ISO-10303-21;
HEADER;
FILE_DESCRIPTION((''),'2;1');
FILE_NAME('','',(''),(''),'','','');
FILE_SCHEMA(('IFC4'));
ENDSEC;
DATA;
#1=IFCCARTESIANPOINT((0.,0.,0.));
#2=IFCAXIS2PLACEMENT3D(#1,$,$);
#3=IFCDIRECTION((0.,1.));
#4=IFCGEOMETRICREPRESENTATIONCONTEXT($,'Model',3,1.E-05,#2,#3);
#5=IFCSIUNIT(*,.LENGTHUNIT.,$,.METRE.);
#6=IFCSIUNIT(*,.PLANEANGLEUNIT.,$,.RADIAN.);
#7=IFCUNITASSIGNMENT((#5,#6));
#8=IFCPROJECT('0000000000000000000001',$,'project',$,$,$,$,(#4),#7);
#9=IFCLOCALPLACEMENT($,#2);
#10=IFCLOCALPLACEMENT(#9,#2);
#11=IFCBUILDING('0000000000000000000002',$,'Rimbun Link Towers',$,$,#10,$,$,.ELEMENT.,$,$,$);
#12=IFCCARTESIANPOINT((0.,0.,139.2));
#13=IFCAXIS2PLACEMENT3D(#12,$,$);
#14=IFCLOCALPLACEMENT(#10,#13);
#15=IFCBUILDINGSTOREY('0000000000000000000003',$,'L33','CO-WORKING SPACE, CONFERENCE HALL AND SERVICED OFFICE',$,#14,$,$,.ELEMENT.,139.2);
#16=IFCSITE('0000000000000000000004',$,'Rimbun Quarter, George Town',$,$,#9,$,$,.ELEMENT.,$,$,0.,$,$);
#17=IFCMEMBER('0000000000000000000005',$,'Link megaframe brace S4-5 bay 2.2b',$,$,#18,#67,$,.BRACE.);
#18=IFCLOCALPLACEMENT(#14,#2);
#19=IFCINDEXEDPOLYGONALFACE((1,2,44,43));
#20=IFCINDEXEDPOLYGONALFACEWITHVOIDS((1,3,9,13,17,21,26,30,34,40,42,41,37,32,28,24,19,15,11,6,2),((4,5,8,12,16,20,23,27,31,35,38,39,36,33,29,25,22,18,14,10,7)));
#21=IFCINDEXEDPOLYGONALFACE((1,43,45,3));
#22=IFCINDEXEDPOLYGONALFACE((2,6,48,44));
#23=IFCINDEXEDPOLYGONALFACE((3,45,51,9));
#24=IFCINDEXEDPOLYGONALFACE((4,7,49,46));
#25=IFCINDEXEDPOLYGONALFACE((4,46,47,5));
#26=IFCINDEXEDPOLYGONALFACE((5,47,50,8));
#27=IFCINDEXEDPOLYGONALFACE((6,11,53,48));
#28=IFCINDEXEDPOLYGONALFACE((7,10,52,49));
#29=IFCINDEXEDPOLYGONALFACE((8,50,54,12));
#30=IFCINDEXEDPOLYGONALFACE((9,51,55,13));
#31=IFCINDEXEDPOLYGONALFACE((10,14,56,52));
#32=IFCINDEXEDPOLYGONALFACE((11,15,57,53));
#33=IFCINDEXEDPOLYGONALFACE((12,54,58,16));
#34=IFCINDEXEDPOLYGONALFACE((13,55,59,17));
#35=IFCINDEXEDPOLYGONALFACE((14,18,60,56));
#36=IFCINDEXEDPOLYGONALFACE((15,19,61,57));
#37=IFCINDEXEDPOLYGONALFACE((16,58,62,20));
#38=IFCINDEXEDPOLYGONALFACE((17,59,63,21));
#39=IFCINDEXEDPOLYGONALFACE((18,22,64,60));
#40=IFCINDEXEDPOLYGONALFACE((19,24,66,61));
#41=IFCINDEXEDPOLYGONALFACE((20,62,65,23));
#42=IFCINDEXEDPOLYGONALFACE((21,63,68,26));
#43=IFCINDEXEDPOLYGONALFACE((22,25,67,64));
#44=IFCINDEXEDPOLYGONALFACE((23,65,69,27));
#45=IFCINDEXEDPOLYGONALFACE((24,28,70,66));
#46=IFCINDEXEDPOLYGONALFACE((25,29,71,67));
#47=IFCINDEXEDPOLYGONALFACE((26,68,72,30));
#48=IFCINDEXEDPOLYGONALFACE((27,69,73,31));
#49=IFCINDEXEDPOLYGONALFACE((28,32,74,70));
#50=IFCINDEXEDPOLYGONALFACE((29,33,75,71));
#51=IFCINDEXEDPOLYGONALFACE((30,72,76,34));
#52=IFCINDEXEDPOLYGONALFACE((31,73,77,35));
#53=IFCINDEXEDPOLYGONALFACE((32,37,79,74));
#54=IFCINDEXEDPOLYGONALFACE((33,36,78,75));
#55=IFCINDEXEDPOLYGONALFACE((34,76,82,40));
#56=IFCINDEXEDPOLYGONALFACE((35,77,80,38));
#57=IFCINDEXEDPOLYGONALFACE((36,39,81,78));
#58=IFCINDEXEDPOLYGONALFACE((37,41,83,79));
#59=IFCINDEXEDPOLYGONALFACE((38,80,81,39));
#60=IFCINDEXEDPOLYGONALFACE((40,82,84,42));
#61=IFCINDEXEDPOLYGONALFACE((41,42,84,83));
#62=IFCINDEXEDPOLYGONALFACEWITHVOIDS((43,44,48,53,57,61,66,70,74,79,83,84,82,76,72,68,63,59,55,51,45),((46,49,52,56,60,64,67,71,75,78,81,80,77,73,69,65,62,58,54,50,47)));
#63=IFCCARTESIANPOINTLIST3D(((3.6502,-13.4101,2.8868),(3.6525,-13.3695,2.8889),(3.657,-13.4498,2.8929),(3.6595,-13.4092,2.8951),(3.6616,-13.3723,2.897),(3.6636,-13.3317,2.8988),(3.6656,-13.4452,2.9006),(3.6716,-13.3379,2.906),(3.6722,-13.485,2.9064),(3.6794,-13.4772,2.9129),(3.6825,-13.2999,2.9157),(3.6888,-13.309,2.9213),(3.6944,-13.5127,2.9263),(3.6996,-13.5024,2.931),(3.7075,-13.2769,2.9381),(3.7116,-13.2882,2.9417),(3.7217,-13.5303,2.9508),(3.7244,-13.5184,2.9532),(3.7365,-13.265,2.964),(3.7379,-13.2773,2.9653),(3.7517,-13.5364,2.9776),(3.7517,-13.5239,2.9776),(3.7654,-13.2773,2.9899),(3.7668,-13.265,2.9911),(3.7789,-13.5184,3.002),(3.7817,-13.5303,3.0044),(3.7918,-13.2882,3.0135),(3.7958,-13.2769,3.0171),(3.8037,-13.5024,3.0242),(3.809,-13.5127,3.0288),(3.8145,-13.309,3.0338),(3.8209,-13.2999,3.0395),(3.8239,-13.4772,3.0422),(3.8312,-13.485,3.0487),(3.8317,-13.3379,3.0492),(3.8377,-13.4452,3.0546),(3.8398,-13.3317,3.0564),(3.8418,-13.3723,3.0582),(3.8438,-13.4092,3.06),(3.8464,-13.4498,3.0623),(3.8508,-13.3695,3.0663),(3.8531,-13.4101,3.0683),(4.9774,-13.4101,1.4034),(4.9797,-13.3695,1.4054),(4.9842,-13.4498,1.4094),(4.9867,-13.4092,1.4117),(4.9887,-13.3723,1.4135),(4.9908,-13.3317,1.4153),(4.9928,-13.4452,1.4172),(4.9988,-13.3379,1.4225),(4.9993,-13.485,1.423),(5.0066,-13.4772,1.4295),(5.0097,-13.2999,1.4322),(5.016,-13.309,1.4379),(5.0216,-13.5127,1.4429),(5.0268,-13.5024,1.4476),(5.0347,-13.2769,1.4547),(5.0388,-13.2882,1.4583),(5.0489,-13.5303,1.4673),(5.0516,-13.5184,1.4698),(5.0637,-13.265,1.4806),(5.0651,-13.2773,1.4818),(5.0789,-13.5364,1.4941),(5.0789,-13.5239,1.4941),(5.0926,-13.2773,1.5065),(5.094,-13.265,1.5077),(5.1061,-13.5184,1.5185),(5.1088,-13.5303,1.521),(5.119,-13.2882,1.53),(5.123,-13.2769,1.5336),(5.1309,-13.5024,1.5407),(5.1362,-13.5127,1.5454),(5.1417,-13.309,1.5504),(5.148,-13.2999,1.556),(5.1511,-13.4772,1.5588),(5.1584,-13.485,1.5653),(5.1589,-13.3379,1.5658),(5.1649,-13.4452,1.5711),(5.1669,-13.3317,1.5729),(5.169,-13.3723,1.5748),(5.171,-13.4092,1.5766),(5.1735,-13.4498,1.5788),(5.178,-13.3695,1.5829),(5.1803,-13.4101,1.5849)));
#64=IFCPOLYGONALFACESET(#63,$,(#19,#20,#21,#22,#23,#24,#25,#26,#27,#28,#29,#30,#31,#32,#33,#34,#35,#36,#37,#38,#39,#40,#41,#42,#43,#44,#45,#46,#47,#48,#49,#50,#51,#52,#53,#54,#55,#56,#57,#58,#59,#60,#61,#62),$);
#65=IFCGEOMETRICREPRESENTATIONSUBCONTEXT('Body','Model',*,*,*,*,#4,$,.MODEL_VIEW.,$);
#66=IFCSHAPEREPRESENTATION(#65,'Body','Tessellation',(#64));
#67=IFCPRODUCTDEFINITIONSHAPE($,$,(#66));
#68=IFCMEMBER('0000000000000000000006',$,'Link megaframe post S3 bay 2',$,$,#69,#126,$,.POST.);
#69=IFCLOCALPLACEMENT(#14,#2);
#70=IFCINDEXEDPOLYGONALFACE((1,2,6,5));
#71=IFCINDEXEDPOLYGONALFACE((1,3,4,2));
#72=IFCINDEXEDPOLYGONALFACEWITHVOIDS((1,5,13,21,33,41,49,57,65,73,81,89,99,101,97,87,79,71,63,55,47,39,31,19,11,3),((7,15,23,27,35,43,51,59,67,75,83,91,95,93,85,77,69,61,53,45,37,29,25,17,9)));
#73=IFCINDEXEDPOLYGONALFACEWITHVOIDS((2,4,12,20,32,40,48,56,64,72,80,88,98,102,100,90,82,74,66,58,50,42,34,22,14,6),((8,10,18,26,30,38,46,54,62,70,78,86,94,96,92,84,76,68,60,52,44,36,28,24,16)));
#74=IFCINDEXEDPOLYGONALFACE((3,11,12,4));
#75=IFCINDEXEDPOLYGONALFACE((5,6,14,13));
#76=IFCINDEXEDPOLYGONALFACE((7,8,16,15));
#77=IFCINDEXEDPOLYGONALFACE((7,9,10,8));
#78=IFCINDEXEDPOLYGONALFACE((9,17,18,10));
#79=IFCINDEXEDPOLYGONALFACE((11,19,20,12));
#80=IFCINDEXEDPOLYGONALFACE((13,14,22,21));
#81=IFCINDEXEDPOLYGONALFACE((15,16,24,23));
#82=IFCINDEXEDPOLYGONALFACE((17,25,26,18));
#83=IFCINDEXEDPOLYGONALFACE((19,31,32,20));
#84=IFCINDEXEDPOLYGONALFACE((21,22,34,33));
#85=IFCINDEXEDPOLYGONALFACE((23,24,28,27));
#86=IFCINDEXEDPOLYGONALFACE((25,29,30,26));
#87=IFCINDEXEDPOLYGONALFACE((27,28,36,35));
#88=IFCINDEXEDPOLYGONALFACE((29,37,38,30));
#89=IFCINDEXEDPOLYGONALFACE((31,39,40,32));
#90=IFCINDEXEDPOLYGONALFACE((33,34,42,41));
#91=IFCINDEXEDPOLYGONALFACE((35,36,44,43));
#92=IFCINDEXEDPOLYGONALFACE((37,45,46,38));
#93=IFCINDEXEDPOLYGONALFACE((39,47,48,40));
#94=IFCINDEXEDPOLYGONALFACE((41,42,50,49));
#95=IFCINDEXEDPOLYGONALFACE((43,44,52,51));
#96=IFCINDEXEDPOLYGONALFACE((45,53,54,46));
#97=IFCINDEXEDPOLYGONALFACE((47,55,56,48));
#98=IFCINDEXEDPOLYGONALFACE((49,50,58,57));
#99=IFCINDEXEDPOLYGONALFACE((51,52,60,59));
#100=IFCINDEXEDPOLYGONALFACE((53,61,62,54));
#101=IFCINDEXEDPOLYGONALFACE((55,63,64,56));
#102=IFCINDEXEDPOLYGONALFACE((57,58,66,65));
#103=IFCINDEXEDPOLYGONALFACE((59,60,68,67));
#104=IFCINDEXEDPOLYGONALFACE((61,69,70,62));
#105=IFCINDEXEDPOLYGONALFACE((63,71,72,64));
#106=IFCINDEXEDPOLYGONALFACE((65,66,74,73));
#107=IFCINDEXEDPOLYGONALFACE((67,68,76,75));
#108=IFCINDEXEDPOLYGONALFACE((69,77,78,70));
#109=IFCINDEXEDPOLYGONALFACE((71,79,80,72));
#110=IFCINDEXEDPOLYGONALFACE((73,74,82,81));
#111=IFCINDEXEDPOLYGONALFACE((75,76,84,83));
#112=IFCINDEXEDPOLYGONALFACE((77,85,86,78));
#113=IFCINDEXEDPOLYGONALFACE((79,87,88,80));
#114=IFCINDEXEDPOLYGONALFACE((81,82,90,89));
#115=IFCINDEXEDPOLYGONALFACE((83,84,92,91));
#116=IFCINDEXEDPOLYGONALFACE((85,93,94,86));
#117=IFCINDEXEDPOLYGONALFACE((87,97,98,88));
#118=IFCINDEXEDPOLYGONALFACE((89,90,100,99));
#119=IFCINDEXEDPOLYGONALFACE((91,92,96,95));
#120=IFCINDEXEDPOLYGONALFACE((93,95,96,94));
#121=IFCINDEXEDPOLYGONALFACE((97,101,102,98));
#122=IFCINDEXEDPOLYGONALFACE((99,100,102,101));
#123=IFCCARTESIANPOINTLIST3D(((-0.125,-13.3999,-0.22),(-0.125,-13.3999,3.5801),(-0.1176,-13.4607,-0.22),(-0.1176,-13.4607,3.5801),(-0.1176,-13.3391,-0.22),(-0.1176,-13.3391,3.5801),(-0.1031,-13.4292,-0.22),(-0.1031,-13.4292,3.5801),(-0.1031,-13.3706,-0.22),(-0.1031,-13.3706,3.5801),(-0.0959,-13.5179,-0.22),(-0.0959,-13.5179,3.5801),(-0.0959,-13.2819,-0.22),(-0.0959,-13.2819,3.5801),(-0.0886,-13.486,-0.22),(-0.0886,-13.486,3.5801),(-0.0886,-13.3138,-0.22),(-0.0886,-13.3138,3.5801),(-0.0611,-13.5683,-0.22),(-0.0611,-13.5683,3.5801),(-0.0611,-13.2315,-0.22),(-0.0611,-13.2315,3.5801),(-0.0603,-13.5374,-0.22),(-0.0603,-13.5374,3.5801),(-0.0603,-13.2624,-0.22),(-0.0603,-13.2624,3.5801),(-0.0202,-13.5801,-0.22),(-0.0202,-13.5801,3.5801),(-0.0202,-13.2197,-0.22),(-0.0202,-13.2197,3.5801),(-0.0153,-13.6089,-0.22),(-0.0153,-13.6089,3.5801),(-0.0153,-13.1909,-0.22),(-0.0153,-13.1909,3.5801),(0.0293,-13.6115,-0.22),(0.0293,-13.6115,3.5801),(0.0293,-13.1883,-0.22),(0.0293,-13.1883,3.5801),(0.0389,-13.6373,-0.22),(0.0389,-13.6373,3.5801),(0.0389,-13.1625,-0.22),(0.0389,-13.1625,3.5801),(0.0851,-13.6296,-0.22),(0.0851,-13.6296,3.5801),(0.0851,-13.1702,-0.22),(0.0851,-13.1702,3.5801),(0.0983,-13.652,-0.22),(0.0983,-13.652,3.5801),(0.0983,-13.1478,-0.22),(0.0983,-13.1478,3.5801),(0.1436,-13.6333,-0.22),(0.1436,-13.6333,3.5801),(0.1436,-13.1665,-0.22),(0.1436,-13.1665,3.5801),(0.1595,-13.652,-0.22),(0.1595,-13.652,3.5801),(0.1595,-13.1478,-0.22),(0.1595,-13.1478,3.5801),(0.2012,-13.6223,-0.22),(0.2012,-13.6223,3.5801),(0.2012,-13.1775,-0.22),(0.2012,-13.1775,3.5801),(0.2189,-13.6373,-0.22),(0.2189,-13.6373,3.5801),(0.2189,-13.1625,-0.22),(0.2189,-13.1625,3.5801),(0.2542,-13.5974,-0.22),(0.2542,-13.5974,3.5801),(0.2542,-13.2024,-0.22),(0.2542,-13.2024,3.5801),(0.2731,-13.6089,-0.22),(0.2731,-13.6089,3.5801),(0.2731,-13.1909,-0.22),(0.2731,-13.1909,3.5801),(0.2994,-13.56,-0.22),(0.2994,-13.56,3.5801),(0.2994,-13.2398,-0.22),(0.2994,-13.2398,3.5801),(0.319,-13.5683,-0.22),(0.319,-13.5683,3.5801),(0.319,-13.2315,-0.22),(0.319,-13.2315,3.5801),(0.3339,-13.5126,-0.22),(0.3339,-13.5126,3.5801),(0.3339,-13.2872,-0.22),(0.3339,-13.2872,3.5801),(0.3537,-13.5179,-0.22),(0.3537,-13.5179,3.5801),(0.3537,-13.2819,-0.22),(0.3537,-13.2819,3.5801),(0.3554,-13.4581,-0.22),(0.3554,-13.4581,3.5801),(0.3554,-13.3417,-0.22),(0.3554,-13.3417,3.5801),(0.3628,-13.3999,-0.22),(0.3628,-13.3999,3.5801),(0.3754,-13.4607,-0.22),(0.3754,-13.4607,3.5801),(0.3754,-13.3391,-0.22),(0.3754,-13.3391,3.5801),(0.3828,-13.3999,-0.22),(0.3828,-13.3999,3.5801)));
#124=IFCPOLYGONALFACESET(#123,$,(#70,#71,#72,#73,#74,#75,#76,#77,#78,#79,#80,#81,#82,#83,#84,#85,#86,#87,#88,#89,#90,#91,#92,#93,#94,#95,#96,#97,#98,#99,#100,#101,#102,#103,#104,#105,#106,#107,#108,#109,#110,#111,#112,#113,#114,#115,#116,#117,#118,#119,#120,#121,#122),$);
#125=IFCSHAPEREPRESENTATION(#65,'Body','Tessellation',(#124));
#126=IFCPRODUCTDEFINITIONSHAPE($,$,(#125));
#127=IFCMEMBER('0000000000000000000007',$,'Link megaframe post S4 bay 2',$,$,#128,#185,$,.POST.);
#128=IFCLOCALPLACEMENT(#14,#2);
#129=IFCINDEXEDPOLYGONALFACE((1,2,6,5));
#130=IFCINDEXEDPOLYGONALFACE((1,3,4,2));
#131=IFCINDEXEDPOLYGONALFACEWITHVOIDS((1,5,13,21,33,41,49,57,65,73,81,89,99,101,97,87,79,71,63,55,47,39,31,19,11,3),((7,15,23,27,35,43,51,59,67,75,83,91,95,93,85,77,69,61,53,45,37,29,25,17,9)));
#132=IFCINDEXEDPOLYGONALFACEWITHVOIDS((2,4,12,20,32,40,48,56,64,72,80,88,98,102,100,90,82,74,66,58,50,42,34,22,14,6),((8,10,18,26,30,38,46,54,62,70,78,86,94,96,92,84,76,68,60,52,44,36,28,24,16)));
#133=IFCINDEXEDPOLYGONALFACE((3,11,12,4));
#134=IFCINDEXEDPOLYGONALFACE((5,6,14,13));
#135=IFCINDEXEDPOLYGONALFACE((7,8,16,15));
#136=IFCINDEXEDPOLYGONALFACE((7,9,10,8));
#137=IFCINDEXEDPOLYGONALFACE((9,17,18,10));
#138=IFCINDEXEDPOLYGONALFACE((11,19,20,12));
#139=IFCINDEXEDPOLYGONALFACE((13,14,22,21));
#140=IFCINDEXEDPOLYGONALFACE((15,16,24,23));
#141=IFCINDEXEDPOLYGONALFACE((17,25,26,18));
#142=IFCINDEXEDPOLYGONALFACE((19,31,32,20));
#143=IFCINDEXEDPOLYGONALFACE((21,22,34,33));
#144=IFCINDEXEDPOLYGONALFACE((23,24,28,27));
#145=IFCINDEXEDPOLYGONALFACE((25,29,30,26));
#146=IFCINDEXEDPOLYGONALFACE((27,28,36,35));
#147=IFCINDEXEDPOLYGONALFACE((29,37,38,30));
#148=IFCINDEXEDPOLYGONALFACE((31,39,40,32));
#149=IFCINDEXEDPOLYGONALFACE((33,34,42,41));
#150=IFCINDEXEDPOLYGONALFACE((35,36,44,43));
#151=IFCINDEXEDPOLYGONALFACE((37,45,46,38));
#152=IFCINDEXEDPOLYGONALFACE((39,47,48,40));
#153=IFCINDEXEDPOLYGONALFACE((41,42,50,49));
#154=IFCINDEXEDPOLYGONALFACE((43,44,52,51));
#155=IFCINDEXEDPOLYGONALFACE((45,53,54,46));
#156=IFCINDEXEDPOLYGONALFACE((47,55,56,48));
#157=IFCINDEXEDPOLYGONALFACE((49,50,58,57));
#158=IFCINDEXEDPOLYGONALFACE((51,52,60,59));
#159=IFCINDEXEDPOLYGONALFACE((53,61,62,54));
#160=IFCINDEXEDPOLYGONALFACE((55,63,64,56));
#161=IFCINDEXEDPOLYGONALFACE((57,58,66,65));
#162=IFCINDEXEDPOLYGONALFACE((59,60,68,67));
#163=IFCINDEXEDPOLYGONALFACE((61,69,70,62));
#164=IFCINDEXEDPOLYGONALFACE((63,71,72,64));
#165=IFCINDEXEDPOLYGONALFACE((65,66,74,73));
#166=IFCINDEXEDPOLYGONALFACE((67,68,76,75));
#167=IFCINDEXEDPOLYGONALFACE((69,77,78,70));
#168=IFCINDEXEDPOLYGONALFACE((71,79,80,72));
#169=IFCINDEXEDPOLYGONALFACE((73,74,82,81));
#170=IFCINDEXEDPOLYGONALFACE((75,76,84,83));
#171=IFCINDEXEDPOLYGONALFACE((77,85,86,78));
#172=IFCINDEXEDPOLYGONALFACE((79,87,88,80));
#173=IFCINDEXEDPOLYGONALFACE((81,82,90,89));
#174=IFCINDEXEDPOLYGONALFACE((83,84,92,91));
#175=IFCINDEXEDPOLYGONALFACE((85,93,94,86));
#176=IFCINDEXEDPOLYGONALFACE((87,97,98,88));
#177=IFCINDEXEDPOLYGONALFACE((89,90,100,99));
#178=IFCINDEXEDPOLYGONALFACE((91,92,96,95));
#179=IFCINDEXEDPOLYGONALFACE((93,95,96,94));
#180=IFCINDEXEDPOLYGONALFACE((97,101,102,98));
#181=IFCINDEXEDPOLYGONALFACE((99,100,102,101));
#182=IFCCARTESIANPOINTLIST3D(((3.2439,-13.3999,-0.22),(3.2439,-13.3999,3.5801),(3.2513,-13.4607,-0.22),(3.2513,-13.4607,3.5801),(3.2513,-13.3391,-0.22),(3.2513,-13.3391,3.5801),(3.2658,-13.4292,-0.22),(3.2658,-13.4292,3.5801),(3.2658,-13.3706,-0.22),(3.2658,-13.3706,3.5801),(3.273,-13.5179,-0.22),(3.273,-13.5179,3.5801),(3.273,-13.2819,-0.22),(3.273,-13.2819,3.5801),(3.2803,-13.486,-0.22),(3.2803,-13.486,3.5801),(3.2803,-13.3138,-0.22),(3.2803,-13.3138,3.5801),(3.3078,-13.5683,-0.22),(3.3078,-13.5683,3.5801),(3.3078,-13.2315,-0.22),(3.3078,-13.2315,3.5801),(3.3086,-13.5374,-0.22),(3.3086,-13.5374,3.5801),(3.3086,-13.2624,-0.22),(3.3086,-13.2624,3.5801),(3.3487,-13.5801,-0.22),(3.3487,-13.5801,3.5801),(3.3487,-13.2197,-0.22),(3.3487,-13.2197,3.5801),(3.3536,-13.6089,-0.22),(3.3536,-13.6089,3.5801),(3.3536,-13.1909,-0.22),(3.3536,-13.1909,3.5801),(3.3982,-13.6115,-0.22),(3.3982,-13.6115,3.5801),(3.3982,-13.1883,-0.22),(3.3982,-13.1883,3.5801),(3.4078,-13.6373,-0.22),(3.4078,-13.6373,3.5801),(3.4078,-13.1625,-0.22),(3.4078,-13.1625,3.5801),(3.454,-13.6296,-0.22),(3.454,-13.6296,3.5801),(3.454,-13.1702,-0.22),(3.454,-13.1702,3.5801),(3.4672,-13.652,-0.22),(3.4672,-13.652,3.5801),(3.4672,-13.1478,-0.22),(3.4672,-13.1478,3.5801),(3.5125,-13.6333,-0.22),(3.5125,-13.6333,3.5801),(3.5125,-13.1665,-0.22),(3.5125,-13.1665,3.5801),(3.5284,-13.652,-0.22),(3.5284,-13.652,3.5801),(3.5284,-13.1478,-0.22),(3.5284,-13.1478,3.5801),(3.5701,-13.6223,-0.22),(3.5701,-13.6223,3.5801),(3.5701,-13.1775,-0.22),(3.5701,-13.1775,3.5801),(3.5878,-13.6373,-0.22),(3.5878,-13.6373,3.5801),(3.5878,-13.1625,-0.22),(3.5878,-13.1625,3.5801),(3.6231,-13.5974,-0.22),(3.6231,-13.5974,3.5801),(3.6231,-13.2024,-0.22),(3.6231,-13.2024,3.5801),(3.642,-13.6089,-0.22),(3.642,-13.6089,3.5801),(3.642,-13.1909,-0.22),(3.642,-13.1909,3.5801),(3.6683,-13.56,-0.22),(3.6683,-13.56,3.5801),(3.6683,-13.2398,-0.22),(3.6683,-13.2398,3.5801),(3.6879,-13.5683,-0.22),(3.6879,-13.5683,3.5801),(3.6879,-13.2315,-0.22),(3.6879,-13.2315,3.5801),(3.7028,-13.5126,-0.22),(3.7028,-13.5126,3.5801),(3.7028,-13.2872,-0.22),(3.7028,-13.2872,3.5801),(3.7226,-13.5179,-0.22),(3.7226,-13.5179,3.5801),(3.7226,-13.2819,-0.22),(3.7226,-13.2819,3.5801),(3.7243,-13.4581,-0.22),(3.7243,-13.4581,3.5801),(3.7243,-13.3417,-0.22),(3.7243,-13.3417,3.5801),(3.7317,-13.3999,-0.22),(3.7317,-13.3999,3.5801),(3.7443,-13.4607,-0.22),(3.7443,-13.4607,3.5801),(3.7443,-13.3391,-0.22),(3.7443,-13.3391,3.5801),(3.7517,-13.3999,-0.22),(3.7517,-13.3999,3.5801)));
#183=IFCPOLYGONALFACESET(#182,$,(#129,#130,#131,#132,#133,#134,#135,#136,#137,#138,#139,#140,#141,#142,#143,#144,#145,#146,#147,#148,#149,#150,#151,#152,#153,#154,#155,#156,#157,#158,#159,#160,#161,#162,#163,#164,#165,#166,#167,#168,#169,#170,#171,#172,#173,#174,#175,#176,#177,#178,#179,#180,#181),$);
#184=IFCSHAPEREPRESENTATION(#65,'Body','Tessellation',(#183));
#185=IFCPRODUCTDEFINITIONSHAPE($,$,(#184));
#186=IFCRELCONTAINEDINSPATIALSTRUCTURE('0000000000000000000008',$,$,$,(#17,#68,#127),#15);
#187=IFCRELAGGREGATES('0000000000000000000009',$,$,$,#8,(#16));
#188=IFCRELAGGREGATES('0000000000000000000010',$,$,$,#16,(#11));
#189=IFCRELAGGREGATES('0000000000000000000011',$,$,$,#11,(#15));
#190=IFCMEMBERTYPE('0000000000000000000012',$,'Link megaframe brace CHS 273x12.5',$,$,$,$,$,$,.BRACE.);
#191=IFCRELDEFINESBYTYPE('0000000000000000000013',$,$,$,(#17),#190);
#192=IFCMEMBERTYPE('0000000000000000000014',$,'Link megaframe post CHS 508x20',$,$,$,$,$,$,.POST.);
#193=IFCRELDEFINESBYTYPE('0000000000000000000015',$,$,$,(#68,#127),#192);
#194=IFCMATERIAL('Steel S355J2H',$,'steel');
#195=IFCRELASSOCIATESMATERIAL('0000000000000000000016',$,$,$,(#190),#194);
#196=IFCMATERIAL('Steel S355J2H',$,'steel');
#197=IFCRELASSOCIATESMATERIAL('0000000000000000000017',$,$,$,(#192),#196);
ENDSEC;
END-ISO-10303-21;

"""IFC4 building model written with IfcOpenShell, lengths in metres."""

from ifc_helpers import new_model, si_unit, direction, frame, origin, origin_2d, place, context, subcontext, project, spatial, hollow_circle, extrude, material, material_profile, profile_set, type_object, element, save


model = new_model("IFC4")

# Units and contexts
model_context = context("Model", 3, precision=1e-05, world=origin(), true_north=direction((0.0, 1.0)))
body_context = subcontext(model_context, "Body", "Model", "MODEL_VIEW")
ifc_project = project(units=[si_unit("LENGTHUNIT", "METRE"), si_unit("PLANEANGLEUNIT", "RADIAN")], contexts=[model_context])

# Site, building, storey
site_placement = place(None, origin())
site = spatial("IfcSite", under=ifc_project, at=site_placement, Name="Rimbun Quarter, George Town", CompositionType="ELEMENT", RefElevation=0.0)
building_placement = place(site_placement, origin())
building = spatial("IfcBuilding", under=site, at=building_placement, Name="Rimbun Link Towers", CompositionType="ELEMENT")
storey_placement = place(building_placement, frame((0.0, 0.0, 139.2)))
storey = spatial("IfcBuildingStorey", under=building, at=storey_placement, Name="L33", Description="CO-WORKING SPACE, CONFERENCE HALL AND SERVICED OFFICE", CompositionType="ELEMENT", Elevation=139.2)

# Members
ifc_material_1 = material(Name="Steel S355J2H", Category="steel")
ifc_material_profile_1 = material_profile(ifc_material_1, hollow_circle(Radius=0.1365, WallThickness=0.0125, at=origin_2d()), Name="CHS 273x12.5")
ifc_profile_set_1 = profile_set([ifc_material_profile_1], Name="Steel S355J2H")
member_type_1 = type_object("IfcMemberType", Name="Link megaframe brace CHS 273x12.5", PredefinedType="BRACE", material=ifc_profile_set_1)
member_1_placement = place(storey_placement, frame((5.0789, -13.3999, 1.4941), z_axis=(-0.666766, 0.0, 0.745267), x_axis=(0.0, -1.0, 0.0)))
element("IfcMember", 1, at=member_1_placement, inside=storey, type_object=member_type_1, Name="Link megaframe brace S4-5 bay 2.2b", PredefinedType="BRACE", context=body_context, shape_type="SweptSolid", body=[
    extrude(hollow_circle(Radius=0.1365, WallThickness=0.0125, at=origin_2d()), origin(), (0.0, 0.0, 1.0), 1.9905),
])
ifc_material_2 = material(Name="Steel S355J2H", Category="steel")
ifc_material_profile_2 = material_profile(ifc_material_2, hollow_circle(Radius=0.2539, WallThickness=0.02, at=origin_2d()), Name="CHS 508x20")
ifc_profile_set_2 = profile_set([ifc_material_profile_2], Name="Steel S355J2H")
member_type_2 = type_object("IfcMemberType", Name="Link megaframe post CHS 508x20", PredefinedType="POST", material=ifc_profile_set_2)
for number, where, z_axis, x_axis, name in (
    (2, (0.1289, -13.3999, -0.22), (0.0, 0.0, 1.0), (1.0, 0.0, 0.0), "Link megaframe post S3 bay 2"),
    (3, (3.4978, -13.3999, -0.22), (0.0, 0.0, 1.0), (1.0, 0.0, 0.0), "Link megaframe post S4 bay 2"),
):
    element("IfcMember", number, at=place(storey_placement, frame(where, z_axis=z_axis, x_axis=x_axis)), inside=storey, type_object=member_type_2, Name=name, PredefinedType="POST", context=body_context, shape_type="SweptSolid", body=[
        extrude(hollow_circle(Radius=0.2539, WallThickness=0.02, at=origin_2d()), origin(), (0.0, 0.0, 1.0), 3.8),
    ])

save(model, "model.ifc")
